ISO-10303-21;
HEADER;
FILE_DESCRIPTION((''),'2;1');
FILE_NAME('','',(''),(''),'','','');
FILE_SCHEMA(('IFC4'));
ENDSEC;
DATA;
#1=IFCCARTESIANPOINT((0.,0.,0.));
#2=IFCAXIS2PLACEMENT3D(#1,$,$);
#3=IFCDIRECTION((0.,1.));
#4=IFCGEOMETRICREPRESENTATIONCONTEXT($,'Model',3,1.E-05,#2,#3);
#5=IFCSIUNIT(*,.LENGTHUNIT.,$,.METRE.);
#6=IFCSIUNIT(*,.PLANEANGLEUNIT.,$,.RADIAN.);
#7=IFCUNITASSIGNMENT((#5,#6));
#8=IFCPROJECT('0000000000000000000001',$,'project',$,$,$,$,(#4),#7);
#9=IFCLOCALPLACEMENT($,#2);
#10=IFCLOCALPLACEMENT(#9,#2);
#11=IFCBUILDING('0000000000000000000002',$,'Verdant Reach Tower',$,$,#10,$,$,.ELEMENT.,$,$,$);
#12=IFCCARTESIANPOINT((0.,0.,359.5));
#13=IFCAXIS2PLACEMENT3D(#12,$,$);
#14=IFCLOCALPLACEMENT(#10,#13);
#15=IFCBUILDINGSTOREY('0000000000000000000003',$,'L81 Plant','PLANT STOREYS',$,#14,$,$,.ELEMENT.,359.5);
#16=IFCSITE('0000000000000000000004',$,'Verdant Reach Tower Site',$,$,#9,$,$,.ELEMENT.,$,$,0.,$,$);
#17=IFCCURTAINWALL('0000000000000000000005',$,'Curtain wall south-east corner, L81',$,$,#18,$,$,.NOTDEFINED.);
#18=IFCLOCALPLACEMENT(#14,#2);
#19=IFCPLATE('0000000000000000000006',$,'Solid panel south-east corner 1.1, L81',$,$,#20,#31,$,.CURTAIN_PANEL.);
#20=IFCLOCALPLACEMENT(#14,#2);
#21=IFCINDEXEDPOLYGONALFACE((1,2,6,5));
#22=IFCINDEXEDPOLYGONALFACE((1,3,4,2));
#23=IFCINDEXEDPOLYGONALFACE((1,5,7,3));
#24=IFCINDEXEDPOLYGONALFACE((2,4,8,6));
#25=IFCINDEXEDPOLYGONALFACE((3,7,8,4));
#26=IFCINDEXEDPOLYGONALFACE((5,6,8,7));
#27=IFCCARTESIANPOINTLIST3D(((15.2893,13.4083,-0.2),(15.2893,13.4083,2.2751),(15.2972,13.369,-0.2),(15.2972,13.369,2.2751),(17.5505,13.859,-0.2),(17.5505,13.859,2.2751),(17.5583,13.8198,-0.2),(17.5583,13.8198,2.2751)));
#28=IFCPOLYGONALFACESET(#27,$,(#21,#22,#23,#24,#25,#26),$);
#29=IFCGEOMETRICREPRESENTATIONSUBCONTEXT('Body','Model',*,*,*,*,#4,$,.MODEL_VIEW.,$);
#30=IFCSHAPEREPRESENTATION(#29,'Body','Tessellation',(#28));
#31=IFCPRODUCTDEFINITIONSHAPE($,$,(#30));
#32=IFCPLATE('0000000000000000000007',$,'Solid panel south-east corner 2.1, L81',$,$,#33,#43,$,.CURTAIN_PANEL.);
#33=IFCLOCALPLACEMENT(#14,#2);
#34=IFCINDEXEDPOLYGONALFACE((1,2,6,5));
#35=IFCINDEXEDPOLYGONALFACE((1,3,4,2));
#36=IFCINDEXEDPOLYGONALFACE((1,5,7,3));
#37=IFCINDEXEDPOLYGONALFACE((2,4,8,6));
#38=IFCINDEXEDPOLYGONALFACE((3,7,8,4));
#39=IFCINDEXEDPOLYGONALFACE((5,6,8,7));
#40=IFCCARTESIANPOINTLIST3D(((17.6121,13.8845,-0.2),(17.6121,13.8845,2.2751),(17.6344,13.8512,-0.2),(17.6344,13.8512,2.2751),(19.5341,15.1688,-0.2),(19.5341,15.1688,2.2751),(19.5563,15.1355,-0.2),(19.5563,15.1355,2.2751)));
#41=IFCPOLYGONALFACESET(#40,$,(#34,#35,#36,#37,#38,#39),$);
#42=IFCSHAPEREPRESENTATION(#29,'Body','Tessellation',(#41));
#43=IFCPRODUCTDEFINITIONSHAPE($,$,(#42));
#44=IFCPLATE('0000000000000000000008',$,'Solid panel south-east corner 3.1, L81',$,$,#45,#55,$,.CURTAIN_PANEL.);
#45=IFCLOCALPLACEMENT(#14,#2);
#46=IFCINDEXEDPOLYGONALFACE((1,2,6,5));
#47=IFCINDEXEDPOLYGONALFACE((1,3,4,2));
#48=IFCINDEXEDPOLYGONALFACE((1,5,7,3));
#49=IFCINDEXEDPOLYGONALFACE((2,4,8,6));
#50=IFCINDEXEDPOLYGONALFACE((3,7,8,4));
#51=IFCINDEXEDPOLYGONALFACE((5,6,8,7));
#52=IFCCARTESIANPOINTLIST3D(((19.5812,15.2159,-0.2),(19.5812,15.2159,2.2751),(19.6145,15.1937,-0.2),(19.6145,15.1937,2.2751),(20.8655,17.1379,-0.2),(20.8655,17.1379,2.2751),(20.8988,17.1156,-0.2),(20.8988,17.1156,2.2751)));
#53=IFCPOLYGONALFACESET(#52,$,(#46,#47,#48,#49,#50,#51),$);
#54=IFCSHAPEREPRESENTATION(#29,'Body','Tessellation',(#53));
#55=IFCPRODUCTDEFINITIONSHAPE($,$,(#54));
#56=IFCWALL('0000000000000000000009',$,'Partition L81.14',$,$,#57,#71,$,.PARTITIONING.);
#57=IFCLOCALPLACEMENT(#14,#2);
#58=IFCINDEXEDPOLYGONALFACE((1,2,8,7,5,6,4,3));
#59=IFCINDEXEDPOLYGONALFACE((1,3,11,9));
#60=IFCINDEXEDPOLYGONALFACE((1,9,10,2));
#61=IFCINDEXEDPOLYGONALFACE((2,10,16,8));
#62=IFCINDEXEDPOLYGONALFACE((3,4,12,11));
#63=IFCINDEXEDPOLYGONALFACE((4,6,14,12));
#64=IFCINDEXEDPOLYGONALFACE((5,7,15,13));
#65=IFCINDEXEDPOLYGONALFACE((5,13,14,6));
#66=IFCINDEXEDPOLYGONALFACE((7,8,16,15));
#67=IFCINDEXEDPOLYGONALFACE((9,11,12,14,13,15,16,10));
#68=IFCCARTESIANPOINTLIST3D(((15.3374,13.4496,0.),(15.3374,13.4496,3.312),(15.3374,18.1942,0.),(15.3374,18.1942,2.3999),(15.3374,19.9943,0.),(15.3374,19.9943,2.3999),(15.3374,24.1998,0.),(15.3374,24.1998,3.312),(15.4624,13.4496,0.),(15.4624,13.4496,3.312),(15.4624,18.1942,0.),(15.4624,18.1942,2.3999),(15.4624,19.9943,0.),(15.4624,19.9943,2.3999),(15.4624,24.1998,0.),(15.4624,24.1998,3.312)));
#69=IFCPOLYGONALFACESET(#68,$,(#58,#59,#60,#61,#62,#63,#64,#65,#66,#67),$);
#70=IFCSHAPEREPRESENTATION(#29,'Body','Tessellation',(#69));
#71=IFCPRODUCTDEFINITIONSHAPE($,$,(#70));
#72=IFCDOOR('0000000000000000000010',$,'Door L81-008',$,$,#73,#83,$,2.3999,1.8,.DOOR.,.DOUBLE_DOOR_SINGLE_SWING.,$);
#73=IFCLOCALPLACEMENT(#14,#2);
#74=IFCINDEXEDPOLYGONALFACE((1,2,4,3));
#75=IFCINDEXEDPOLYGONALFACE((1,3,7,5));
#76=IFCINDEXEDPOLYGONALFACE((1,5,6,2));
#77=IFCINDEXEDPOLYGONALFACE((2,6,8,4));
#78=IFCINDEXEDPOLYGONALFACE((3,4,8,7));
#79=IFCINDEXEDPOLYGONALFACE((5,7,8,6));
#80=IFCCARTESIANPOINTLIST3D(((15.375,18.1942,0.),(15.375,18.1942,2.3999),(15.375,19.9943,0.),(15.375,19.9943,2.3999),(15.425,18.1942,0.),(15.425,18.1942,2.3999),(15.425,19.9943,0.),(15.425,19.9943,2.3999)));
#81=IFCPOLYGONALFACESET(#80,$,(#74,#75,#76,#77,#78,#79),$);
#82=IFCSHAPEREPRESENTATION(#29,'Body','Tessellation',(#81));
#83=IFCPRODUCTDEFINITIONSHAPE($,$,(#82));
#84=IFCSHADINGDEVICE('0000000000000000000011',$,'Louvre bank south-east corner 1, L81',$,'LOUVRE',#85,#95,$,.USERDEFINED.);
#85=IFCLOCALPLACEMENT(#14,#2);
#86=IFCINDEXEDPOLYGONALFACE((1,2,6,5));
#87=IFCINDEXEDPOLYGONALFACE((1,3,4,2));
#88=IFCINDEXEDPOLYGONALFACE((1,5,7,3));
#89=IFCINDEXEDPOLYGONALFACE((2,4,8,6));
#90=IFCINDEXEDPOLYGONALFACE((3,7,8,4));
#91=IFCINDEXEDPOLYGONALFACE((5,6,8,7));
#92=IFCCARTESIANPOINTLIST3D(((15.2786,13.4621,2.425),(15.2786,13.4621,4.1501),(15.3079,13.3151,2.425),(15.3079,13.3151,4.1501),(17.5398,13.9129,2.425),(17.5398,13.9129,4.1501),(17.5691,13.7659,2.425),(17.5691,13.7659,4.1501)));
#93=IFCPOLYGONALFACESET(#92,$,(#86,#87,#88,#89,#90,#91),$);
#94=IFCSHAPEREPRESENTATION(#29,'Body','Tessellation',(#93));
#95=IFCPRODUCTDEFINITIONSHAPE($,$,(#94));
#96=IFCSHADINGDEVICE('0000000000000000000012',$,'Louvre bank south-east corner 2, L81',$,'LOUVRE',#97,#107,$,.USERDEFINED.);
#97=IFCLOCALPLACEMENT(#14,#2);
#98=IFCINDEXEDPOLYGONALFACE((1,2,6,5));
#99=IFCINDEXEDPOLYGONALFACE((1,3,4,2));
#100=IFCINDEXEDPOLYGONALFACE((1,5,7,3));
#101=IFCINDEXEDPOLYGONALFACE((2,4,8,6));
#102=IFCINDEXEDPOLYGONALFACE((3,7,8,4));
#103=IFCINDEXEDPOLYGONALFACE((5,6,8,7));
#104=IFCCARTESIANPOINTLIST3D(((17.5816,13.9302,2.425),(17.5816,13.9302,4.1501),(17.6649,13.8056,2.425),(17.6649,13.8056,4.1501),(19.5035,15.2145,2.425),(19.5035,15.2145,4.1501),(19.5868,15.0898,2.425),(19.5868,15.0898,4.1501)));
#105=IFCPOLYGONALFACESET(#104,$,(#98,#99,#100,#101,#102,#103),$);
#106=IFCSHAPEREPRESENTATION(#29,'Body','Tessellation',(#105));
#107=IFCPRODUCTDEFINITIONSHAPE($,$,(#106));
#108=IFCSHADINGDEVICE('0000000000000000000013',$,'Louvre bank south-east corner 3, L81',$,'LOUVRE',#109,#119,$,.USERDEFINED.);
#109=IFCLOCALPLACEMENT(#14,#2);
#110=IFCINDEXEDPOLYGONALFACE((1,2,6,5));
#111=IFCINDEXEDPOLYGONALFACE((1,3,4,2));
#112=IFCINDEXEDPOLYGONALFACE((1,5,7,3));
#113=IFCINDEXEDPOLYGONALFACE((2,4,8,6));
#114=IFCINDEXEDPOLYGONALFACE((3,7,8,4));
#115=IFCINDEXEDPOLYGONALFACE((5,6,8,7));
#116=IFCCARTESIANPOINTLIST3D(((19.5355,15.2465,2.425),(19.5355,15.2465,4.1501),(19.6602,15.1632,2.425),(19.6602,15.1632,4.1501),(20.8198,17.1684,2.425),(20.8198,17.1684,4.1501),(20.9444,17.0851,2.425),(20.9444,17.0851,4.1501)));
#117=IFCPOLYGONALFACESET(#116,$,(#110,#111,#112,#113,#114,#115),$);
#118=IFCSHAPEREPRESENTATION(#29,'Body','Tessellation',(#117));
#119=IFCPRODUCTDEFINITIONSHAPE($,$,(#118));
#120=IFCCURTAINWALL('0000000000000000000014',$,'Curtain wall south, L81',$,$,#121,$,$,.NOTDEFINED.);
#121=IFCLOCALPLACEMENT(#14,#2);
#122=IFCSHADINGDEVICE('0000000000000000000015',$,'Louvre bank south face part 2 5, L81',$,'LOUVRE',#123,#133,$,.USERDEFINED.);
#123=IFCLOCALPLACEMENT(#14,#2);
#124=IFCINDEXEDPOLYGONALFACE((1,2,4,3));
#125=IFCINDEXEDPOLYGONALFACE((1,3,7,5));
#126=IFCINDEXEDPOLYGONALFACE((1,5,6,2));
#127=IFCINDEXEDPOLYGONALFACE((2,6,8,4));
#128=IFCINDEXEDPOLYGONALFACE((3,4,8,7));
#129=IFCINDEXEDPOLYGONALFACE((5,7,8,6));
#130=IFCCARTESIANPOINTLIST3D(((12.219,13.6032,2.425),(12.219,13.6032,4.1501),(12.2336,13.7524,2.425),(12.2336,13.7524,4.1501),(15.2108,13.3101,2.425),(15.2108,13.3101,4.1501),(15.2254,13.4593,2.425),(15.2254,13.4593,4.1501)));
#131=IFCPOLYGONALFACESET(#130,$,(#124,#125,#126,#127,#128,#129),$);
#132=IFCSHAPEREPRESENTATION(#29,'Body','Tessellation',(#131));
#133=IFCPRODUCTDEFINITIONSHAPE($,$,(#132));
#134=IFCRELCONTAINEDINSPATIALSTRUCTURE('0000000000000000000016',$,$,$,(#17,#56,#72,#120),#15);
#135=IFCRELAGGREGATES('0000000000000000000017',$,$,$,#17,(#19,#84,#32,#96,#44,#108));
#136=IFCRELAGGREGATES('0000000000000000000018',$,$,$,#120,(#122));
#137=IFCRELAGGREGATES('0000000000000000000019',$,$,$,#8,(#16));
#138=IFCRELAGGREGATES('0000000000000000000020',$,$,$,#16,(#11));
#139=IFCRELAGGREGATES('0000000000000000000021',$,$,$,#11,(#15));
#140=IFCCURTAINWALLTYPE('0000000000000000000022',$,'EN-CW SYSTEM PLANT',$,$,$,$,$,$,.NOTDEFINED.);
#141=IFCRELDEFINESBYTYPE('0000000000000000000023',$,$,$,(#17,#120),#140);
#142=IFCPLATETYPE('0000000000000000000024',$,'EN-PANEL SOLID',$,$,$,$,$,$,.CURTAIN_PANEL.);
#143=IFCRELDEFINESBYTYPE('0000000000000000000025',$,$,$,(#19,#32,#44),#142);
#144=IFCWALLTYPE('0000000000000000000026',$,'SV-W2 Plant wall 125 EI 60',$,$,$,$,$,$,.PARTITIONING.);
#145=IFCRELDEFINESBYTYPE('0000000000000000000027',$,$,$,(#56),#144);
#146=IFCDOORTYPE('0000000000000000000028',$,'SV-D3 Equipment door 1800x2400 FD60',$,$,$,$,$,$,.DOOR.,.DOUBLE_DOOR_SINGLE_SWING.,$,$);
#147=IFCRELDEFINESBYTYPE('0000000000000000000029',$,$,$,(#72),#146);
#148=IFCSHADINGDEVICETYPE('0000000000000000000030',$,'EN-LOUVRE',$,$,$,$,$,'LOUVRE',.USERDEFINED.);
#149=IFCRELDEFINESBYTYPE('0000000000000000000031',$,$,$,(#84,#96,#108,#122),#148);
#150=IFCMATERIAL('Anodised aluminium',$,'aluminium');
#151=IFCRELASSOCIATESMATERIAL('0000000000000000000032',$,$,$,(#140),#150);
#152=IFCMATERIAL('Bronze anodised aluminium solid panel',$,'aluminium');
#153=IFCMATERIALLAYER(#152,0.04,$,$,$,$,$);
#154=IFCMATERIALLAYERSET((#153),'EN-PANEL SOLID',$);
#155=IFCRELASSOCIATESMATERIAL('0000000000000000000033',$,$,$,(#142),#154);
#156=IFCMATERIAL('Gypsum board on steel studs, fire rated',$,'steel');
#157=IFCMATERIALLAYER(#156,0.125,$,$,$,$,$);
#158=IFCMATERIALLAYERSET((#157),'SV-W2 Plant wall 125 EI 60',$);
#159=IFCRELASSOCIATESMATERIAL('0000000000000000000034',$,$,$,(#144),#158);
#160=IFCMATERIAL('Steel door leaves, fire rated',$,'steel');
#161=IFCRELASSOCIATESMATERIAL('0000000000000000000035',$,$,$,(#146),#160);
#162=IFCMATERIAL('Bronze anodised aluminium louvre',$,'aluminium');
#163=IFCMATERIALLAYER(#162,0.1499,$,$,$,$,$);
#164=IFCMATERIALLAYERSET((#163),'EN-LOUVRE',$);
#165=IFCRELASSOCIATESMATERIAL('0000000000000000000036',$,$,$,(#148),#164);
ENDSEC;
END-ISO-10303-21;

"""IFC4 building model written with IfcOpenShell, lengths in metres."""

from ifc_helpers import new_model, si_unit, direction, frame, frame_2d, origin, origin_2d, place, context, subcontext, project, spatial, rectangle, extrude, material, layer, layer_set, type_object, element, fill, aggregate, save


model = new_model("IFC4")

# Units and contexts
model_context = context("Model", 3, precision=1e-05, world=origin(), true_north=direction((0.0, 1.0)))
body_context = subcontext(model_context, "Body", "Model", "MODEL_VIEW")
ifc_project = project(units=[si_unit("LENGTHUNIT", "METRE"), si_unit("PLANEANGLEUNIT", "RADIAN")], contexts=[model_context])

# Site, building, storey
site_placement = place(None, origin())
site = spatial("IfcSite", under=ifc_project, at=site_placement, Name="Verdant Reach Tower Site", CompositionType="ELEMENT", RefElevation=0.0)
building_placement = place(site_placement, origin())
building = spatial("IfcBuilding", under=site, at=building_placement, Name="Verdant Reach Tower", CompositionType="ELEMENT")
storey_placement = place(building_placement, frame((0.0, 0.0, 359.5)))
storey = spatial("IfcBuildingStorey", under=building, at=storey_placement, Name="L81 Plant", Description="PLANT STOREYS", CompositionType="ELEMENT", Elevation=359.5)

# Curtain wall
ifc_material_1 = material(Name="Anodised aluminium", Category="aluminium")
curtain_wall_type = type_object("IfcCurtainWallType", Name="EN-CW SYSTEM PLANT", PredefinedType="NOTDEFINED", material=ifc_material_1)
curtain_wall_1_placement = place(storey_placement, origin())
curtain_wall_1 = element("IfcCurtainWall", 1, at=curtain_wall_1_placement, inside=storey, type_object=curtain_wall_type, Name="Curtain wall south-east corner, L81", PredefinedType="NOTDEFINED")

# Plates
ifc_material_2 = material(Name="Bronze anodised aluminium solid panel", Category="aluminium")
ifc_layer_1 = layer(ifc_material_2, 0.04)
ifc_layer_set_1 = layer_set([ifc_layer_1], Name="EN-PANEL SOLID")
plate_type = type_object("IfcPlateType", Name="EN-PANEL SOLID", PredefinedType="CURTAIN_PANEL", material=ifc_layer_set_1)
plate_1_placement = place(storey_placement, frame((16.4238, 13.614, -0.2), z_axis=(0.0, 0.0, 1.0), x_axis=(0.980705, 0.195493, 0.0)))
plate_1 = element("IfcPlate", 2, at=plate_1_placement, type_object=plate_type, Name="Solid panel south-east corner 1.1, L81", PredefinedType="CURTAIN_PANEL", context=body_context, shape_type="SweptSolid", body=[
    extrude(rectangle(XDim=2.3057, YDim=0.04, at=origin_2d()), origin(), (0.0, 0.0, 1.0), 2.4751),
])
plate_2_placement = place(storey_placement, frame((18.5842, 14.51, -0.2), z_axis=(0.0, 0.0, 1.0), x_axis=(0.831452, 0.555596, 0.0)))
plate_2 = element("IfcPlate", 3, at=plate_2_placement, type_object=plate_type, Name="Solid panel south-east corner 2.1, L81", PredefinedType="CURTAIN_PANEL", context=body_context, shape_type="SweptSolid", body=[
    extrude(rectangle(XDim=2.3115, YDim=0.04, at=origin_2d()), origin(), (0.0, 0.0, 1.0), 2.4751),
])
plate_3_placement = place(storey_placement, frame((20.24, 16.1658, -0.2), z_axis=(0.0, 0.0, 1.0), x_axis=(0.555596, 0.831452, 0.0)))
plate_3 = element("IfcPlate", 4, at=plate_3_placement, type_object=plate_type, Name="Solid panel south-east corner 3.1, L81", PredefinedType="CURTAIN_PANEL", context=body_context, shape_type="SweptSolid", body=[
    extrude(rectangle(XDim=2.3115, YDim=0.04, at=origin_2d()), origin(), (0.0, 0.0, 1.0), 2.4751),
])

# Wall, opening, door
ifc_material_3 = material(Name="Gypsum board on steel studs, fire rated", Category="steel")
ifc_layer_2 = layer(ifc_material_3, 0.125)
ifc_layer_set_2 = layer_set([ifc_layer_2], Name="SV-W2 Plant wall 125 EI 60")
wall_type = type_object("IfcWallType", Name="SV-W2 Plant wall 125 EI 60", PredefinedType="PARTITIONING", material=ifc_layer_set_2)
wall_placement = place(storey_placement, frame((15.3999, 13.4497, 0.0), z_axis=(0.0, 0.0, 1.0), x_axis=(0.0, 1.0, 0.0)))
wall = element("IfcWall", 5, at=wall_placement, inside=storey, type_object=wall_type, Name="Partition L81.14", PredefinedType="PARTITIONING", context=body_context, shape_type="SweptSolid", body=[
    extrude(rectangle(XDim=10.7502, YDim=0.125, at=frame_2d((5.375, 0.0))), origin(), (0.0, 0.0, 1.0), 3.312),
])
opening_placement = place(wall_placement, frame((4.7446, 0.0, 0.0)))
opening = element("IfcOpeningElement", 6, at=opening_placement, cuts=wall, PredefinedType="OPENING", context=body_context, shape_type="SweptSolid", body=[
    extrude(rectangle(XDim=1.8, YDim=2.3999, at=frame_2d((0.8999, 1.2))), frame((0.0, 0.0725, 0.0), z_axis=(0.0, -1.0, 0.0), x_axis=(1.0, 0.0, 0.0)), (0.0, 0.0, 1.0), 0.145),
])
ifc_material_4 = material(Name="Steel door leaves, fire rated", Category="steel")
door_type = type_object("IfcDoorType", Name="SV-D3 Equipment door 1800x2400 FD60", OperationType="DOUBLE_DOOR_SINGLE_SWING", PredefinedType="DOOR", material=ifc_material_4)
door_placement = place(opening_placement, origin())
door = element("IfcDoor", 7, at=door_placement, inside=storey, type_object=door_type, Name="Door L81-008", OperationType="DOUBLE_DOOR_SINGLE_SWING", OverallHeight=2.3999, OverallWidth=1.8, PredefinedType="DOOR", context=body_context, shape_type="SweptSolid", body=[
    extrude(rectangle(XDim=1.8, YDim=2.3999, at=frame_2d((0.8999, 1.2))), frame((0.0, 0.0249, 0.0), z_axis=(0.0, -1.0, 0.0), x_axis=(1.0, 0.0, 0.0)), (0.0, 0.0, 1.0), 0.05),
])
fill(opening, door)

# Shading devices
ifc_material_5 = material(Name="Bronze anodised aluminium louvre", Category="aluminium")
ifc_layer_3 = layer(ifc_material_5, 0.1499)
ifc_layer_set_3 = layer_set([ifc_layer_3], Name="EN-LOUVRE")
shading_device_type = type_object("IfcShadingDeviceType", Name="EN-LOUVRE", ElementType="LOUVRE", PredefinedType="USERDEFINED", material=ifc_layer_set_3)
shading_device_1_placement = place(storey_placement, frame((16.4238, 13.614, 2.425), z_axis=(0.0, 0.0, 1.0), x_axis=(0.980705, 0.195493, 0.0)))
shading_device_1 = element("IfcShadingDevice", 8, at=shading_device_1_placement, type_object=shading_device_type, Name="Louvre bank south-east corner 1, L81", ObjectType="LOUVRE", PredefinedType="USERDEFINED", context=body_context, shape_type="SweptSolid", body=[
    extrude(rectangle(XDim=2.3057, YDim=0.1499, at=origin_2d()), origin(), (0.0, 0.0, 1.0), 1.7251),
])
shading_device_2_placement = place(storey_placement, frame((18.5842, 14.51, 2.425), z_axis=(0.0, 0.0, 1.0), x_axis=(0.831452, 0.555596, 0.0)))
shading_device_2 = element("IfcShadingDevice", 9, at=shading_device_2_placement, type_object=shading_device_type, Name="Louvre bank south-east corner 2, L81", ObjectType="LOUVRE", PredefinedType="USERDEFINED", context=body_context, shape_type="SweptSolid", body=[
    extrude(rectangle(XDim=2.3115, YDim=0.1499, at=origin_2d()), origin(), (0.0, 0.0, 1.0), 1.7251),
])
shading_device_3_placement = place(storey_placement, frame((20.24, 16.1658, 2.425), z_axis=(0.0, 0.0, 1.0), x_axis=(0.555596, 0.831452, 0.0)))
shading_device_3 = element("IfcShadingDevice", 10, at=shading_device_3_placement, type_object=shading_device_type, Name="Louvre bank south-east corner 3, L81", ObjectType="LOUVRE", PredefinedType="USERDEFINED", context=body_context, shape_type="SweptSolid", body=[
    extrude(rectangle(XDim=2.3115, YDim=0.1499, at=origin_2d()), origin(), (0.0, 0.0, 1.0), 1.7251),
])
aggregate(curtain_wall_1, [plate_1, shading_device_1, plate_2, shading_device_2, plate_3, shading_device_3])

# Curtain wall, shading device
curtain_wall_2_placement = place(storey_placement, origin())
curtain_wall_2 = element("IfcCurtainWall", 11, at=curtain_wall_2_placement, inside=storey, type_object=curtain_wall_type, Name="Curtain wall south, L81", PredefinedType="NOTDEFINED")
shading_device_4_placement = place(storey_placement, frame((13.7222, 13.5312, 2.425), z_axis=(0.0, 0.0, 1.0), x_axis=(0.995238, -0.097473, 0.0)))
shading_device_4 = element("IfcShadingDevice", 12, at=shading_device_4_placement, type_object=shading_device_type, Name="Louvre bank south face part 2 5, L81", ObjectType="LOUVRE", PredefinedType="USERDEFINED", context=body_context, shape_type="SweptSolid", body=[
    extrude(rectangle(XDim=3.0061, YDim=0.1499, at=origin_2d()), origin(), (0.0, 0.0, 1.0), 1.7251),
])
aggregate(curtain_wall_2, [shading_device_4])

save(model, "model.ifc")
